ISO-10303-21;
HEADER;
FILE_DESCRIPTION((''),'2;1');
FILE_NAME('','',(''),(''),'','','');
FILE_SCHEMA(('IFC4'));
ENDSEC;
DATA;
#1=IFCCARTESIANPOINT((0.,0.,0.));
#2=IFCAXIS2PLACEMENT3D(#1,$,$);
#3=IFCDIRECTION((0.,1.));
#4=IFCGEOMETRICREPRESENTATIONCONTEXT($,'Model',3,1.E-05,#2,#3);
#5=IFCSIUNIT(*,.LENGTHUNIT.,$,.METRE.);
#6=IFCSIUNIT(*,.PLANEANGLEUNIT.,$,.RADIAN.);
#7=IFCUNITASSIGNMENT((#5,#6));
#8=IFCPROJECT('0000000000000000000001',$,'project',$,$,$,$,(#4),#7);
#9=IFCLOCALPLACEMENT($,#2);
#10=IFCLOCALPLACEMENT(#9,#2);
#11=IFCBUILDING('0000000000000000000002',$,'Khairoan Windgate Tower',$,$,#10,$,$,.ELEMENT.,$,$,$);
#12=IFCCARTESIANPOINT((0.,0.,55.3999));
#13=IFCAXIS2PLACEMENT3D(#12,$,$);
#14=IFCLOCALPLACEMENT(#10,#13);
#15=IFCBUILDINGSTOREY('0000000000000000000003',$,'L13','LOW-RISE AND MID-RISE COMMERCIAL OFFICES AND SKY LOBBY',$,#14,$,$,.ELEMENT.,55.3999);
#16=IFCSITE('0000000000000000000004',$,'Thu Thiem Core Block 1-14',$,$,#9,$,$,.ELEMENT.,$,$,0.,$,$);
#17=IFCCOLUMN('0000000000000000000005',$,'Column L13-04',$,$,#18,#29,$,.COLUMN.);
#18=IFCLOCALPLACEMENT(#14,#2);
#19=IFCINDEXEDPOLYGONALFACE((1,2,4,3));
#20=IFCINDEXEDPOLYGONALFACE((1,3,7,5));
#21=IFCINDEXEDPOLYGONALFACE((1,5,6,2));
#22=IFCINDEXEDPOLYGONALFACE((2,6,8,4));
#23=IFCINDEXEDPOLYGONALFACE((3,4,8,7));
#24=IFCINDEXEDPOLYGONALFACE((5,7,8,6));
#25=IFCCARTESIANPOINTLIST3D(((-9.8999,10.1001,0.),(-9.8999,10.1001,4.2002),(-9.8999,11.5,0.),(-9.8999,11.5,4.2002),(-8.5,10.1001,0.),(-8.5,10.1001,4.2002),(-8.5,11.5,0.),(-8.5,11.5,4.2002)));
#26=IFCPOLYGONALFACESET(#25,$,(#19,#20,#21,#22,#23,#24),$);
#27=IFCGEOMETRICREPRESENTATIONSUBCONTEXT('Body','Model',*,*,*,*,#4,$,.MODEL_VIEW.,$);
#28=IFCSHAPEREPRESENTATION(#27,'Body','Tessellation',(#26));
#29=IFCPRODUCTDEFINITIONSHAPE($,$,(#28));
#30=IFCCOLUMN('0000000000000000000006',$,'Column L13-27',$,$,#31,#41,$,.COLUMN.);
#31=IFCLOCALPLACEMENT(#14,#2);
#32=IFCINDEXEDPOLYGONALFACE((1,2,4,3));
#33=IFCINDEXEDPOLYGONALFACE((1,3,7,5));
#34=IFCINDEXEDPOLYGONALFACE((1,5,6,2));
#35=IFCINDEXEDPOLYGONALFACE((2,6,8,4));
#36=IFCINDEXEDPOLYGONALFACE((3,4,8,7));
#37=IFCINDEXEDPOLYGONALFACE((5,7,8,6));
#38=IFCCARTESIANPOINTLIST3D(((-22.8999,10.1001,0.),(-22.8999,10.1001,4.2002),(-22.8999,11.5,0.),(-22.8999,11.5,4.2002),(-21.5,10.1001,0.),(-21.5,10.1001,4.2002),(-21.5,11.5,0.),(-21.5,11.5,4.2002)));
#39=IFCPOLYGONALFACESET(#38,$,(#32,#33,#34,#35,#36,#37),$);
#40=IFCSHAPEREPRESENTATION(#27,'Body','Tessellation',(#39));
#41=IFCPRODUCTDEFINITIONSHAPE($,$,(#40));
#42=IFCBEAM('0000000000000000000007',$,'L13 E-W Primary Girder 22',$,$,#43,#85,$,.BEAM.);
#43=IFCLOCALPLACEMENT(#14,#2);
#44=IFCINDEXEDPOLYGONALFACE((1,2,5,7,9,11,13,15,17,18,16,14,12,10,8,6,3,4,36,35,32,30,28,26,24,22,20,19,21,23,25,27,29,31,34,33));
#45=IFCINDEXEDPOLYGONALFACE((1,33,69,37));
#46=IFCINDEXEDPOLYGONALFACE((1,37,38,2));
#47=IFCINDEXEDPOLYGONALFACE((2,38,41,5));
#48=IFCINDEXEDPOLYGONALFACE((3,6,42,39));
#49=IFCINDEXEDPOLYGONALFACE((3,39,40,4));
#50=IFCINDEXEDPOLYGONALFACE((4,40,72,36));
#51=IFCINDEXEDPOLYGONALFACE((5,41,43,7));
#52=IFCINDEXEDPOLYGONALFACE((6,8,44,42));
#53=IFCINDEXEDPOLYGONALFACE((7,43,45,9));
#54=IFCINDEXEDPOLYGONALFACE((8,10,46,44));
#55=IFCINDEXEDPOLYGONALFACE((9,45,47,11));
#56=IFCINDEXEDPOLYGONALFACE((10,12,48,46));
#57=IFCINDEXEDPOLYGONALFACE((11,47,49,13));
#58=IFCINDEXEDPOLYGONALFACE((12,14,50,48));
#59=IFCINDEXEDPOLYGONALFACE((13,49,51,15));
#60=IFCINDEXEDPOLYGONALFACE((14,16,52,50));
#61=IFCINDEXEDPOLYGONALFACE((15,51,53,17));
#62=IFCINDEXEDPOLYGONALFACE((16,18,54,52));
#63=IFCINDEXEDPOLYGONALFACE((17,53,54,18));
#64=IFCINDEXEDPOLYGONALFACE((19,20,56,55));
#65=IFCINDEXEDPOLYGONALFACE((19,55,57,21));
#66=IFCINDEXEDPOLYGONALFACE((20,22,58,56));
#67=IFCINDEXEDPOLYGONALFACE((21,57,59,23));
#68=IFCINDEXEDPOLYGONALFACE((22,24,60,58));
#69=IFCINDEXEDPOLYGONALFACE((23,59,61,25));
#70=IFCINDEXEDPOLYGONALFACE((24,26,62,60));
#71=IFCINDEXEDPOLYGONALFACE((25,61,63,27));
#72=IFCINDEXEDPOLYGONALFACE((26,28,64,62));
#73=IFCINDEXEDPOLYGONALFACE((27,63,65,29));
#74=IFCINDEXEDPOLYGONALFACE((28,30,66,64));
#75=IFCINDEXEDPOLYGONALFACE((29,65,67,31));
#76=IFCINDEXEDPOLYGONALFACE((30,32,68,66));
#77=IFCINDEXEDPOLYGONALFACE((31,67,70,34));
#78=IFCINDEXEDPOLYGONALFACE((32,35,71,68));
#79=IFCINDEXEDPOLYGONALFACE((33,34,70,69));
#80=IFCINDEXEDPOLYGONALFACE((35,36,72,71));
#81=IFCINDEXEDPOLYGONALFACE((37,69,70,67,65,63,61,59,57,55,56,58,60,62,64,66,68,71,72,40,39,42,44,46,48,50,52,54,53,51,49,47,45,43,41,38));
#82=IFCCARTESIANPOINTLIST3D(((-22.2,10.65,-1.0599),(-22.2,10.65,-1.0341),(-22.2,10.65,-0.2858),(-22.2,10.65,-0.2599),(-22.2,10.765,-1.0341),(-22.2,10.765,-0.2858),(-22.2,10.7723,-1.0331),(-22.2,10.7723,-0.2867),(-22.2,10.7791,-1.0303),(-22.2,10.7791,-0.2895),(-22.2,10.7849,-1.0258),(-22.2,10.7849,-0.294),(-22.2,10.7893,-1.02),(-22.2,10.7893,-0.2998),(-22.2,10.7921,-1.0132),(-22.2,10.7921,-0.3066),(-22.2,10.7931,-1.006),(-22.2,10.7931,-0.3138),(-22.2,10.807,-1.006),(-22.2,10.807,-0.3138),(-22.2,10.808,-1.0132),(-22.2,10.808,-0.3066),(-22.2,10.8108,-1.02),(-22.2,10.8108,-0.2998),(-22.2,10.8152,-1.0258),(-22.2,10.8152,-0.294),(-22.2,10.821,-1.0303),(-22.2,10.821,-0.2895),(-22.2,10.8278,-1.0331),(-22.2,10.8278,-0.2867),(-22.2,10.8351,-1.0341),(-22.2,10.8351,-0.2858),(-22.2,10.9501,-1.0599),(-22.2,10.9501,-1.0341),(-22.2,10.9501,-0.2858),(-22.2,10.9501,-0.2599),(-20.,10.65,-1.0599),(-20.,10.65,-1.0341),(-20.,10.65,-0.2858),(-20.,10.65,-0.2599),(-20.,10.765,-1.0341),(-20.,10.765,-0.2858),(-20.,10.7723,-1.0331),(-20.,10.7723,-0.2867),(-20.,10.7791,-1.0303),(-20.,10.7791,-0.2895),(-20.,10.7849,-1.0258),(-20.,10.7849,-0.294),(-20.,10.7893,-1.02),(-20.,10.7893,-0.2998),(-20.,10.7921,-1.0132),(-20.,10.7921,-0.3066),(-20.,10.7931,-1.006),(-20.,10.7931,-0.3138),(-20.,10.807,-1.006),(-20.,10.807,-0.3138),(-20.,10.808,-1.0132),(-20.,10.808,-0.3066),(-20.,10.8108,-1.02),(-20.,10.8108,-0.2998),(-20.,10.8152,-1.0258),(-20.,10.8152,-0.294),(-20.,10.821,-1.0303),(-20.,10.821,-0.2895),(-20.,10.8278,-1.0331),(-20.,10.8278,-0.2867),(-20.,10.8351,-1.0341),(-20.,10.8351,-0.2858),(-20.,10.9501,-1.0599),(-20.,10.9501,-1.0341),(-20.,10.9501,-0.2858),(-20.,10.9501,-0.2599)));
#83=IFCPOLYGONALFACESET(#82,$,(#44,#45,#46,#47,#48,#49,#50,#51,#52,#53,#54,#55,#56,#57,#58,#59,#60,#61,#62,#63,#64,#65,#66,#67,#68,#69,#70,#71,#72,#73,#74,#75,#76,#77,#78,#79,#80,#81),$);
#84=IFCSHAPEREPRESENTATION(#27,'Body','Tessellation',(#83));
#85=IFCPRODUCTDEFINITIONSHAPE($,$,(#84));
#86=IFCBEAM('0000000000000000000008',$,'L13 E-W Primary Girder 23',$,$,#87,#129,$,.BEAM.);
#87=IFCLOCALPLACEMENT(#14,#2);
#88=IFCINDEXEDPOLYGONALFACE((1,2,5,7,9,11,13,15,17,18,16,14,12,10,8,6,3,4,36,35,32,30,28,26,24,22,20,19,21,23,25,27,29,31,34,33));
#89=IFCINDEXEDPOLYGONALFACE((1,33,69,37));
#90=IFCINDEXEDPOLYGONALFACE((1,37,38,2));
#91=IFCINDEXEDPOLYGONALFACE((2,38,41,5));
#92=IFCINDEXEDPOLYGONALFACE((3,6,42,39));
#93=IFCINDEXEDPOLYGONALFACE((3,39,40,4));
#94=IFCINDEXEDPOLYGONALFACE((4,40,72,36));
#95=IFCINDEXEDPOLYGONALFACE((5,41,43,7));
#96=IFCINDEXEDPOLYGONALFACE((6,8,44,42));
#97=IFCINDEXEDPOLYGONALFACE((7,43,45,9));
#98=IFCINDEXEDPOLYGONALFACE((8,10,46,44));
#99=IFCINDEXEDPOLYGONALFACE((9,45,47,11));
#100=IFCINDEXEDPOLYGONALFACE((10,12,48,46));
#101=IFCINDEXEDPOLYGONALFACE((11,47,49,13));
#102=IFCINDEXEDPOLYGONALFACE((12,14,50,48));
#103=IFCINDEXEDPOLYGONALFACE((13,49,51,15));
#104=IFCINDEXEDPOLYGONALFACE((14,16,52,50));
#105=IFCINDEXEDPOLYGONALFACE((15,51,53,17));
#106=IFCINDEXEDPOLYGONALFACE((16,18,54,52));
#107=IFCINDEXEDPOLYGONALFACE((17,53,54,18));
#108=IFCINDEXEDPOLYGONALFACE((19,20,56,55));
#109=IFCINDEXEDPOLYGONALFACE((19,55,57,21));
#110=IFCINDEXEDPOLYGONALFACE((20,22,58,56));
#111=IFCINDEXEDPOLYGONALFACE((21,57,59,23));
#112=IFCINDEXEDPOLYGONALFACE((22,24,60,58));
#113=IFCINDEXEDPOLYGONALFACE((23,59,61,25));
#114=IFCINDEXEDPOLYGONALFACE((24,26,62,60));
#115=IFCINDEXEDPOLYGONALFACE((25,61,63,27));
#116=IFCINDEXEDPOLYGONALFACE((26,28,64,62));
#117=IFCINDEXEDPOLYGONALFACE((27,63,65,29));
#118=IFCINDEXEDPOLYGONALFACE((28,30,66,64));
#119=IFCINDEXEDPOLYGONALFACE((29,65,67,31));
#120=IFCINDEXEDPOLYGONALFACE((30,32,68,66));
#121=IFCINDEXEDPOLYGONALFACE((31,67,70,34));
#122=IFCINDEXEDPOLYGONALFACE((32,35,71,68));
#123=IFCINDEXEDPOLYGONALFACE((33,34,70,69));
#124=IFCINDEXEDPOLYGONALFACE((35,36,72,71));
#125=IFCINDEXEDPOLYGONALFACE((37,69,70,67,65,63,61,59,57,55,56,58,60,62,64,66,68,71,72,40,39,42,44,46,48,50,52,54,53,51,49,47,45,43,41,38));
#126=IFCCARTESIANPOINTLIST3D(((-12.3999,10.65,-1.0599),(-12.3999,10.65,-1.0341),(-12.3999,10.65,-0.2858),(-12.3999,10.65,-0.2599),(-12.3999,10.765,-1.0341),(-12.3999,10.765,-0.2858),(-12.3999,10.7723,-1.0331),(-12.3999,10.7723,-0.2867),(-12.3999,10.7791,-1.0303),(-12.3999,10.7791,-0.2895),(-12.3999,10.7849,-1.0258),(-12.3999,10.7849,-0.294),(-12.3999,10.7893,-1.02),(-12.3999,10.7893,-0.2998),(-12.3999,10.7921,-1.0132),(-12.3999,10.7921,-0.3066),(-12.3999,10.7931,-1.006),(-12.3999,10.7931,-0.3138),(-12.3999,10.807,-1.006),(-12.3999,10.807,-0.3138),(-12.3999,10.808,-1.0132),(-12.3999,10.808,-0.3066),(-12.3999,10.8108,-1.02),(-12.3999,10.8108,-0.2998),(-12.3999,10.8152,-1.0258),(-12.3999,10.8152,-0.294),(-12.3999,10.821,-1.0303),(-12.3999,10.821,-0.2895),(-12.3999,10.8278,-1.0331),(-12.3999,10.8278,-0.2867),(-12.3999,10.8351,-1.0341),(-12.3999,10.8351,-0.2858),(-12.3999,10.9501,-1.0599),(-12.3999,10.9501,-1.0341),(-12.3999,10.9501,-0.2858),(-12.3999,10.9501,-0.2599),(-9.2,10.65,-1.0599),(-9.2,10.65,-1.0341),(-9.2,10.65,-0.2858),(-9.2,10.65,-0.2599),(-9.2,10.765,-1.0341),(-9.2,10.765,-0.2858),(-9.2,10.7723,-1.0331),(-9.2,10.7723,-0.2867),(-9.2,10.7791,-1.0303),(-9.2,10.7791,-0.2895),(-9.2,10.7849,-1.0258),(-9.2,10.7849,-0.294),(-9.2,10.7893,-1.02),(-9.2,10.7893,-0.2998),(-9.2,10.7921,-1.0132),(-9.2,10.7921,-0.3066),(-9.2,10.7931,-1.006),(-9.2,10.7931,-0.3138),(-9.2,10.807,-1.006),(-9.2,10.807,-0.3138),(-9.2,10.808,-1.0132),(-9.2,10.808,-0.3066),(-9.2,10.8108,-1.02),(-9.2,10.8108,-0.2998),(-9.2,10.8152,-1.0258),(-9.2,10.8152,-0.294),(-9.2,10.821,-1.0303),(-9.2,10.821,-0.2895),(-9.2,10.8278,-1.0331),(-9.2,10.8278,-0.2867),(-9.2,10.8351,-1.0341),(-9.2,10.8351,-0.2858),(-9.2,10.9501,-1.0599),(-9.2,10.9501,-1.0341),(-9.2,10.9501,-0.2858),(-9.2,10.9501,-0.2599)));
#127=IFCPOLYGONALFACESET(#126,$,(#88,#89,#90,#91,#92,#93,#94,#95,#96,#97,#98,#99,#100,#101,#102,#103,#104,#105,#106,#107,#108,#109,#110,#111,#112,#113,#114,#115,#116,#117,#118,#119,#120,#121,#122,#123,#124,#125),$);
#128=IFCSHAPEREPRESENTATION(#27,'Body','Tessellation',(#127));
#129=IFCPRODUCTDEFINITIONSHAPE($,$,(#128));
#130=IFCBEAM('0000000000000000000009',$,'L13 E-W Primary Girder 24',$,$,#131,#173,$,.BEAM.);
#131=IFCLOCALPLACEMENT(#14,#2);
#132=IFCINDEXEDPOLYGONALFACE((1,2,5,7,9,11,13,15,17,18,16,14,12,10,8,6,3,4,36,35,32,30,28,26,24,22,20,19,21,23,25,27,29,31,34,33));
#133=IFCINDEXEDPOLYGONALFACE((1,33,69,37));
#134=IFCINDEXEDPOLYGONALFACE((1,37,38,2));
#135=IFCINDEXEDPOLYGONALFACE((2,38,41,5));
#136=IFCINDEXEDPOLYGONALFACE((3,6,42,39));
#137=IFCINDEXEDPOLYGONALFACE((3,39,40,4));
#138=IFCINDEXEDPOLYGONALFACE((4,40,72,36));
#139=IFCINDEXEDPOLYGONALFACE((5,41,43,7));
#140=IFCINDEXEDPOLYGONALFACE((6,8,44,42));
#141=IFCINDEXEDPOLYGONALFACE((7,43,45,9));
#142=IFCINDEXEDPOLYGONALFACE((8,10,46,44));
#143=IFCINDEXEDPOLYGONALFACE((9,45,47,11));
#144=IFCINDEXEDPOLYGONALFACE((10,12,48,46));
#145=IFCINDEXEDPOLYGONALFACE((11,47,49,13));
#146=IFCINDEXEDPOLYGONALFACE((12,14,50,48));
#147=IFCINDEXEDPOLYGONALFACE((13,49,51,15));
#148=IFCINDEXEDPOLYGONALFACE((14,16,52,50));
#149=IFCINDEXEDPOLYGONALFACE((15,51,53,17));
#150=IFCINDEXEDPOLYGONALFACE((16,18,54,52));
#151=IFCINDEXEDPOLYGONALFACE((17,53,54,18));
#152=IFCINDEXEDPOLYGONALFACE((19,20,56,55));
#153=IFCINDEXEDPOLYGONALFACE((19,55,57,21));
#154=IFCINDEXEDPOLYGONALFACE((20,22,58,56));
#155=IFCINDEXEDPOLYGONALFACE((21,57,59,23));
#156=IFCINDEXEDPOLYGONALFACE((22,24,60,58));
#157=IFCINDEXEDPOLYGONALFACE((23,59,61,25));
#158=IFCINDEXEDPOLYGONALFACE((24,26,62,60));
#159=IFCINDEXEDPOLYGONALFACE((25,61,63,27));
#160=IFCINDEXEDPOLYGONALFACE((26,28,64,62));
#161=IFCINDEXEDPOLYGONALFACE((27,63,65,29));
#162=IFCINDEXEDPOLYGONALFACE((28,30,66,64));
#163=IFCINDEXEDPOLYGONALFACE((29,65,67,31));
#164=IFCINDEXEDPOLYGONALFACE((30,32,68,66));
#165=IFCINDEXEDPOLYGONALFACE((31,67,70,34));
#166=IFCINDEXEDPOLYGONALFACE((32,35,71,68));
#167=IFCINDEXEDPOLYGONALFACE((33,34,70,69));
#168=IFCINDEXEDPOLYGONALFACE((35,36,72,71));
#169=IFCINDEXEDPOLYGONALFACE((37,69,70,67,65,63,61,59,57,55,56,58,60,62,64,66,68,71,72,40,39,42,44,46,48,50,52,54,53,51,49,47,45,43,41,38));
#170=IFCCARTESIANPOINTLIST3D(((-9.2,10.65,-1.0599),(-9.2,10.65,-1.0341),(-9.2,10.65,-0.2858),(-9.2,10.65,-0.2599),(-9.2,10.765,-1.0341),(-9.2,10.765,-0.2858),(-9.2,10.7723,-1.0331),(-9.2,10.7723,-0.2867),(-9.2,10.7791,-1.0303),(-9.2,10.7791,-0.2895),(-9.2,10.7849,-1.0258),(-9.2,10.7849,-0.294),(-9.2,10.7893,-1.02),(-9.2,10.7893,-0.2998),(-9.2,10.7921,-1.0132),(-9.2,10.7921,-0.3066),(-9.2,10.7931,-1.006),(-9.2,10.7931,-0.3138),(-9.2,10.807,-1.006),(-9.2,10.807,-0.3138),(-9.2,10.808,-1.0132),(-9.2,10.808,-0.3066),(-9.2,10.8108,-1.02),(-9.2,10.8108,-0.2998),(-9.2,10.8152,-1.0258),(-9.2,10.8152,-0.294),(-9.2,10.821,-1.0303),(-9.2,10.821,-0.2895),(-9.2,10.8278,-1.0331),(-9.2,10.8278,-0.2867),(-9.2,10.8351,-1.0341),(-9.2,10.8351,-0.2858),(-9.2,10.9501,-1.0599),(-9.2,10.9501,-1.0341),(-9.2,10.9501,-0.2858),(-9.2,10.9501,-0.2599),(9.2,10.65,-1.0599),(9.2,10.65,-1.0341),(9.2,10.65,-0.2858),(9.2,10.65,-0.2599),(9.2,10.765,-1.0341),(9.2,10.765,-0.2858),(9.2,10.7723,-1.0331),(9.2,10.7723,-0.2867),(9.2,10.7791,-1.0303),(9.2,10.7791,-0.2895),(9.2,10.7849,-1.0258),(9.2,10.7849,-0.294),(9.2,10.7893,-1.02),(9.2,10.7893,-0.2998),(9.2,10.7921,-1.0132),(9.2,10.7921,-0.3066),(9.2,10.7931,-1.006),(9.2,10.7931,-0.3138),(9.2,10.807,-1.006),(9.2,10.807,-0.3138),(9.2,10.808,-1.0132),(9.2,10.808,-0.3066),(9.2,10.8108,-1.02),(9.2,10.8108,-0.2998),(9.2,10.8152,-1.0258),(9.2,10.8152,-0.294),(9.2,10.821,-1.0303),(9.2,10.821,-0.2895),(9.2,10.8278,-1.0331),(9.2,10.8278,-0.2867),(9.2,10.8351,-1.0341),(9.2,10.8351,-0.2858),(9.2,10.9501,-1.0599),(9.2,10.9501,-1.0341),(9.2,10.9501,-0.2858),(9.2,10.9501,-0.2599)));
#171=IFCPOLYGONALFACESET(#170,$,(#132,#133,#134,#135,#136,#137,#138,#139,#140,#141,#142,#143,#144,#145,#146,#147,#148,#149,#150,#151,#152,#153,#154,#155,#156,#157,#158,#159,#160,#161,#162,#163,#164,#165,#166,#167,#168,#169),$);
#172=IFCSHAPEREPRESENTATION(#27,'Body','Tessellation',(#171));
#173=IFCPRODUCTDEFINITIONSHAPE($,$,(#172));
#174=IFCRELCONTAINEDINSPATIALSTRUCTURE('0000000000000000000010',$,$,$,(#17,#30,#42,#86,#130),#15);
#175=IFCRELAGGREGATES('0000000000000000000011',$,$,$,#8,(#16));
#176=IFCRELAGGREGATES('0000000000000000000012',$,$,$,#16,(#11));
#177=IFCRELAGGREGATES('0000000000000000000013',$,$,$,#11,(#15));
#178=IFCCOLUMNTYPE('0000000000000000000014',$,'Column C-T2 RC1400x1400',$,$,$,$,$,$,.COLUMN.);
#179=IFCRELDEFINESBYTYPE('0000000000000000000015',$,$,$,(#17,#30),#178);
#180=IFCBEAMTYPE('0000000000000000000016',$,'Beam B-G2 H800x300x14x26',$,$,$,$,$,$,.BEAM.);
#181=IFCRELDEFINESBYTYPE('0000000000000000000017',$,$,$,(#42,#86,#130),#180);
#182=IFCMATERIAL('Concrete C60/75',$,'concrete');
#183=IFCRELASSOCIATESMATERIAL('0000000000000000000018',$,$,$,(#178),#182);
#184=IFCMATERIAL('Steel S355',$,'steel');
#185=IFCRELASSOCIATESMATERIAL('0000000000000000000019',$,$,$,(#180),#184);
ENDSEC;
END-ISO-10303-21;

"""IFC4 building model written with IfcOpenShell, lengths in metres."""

from ifc_helpers import new_model, si_unit, direction, frame, origin, origin_2d, place, context, subcontext, project, spatial, rectangle, i_section, extrude, material, material_profile, profile_set, type_object, element, save


model = new_model("IFC4")

# Units and contexts
model_context = context("Model", 3, precision=1e-05, world=origin(), true_north=direction((0.0, 1.0)))
body_context = subcontext(model_context, "Body", "Model", "MODEL_VIEW")
ifc_project = project(units=[si_unit("LENGTHUNIT", "METRE"), si_unit("PLANEANGLEUNIT", "RADIAN")], contexts=[model_context])

# Site, building, storey
site_placement = place(None, origin())
site = spatial("IfcSite", under=ifc_project, at=site_placement, Name="Thu Thiem Core Block 1-14", CompositionType="ELEMENT", RefElevation=0.0)
building_placement = place(site_placement, origin())
building = spatial("IfcBuilding", under=site, at=building_placement, Name="Khairoan Windgate Tower", CompositionType="ELEMENT")
storey_placement = place(building_placement, frame((0.0, 0.0, 55.3999)))
storey = spatial("IfcBuildingStorey", under=building, at=storey_placement, Name="L13", Description="LOW-RISE AND MID-RISE COMMERCIAL OFFICES AND SKY LOBBY", CompositionType="ELEMENT", Elevation=55.3999)

# Columns
ifc_material_1 = material(Name="Concrete C60/75", Category="concrete")
ifc_material_profile_1 = material_profile(ifc_material_1, rectangle(XDim=1.3999, YDim=1.3999, at=origin_2d()))
ifc_profile_set_1 = profile_set([ifc_material_profile_1], Name="Concrete C60/75")
column_type = type_object("IfcColumnType", Name="Column C-T2 RC1400x1400", PredefinedType="COLUMN", material=ifc_profile_set_1)
for number, where, z_axis, x_axis, name in (
    (1, (-9.2, 10.8, 0.0), (0.0, 0.0, 1.0), (1.0, 0.0, 0.0), "Column L13-04"),
    (2, (-22.2, 10.8, 0.0), (0.0, 0.0, 1.0), (1.0, 0.0, 0.0), "Column L13-27"),
):
    element("IfcColumn", number, at=place(storey_placement, frame(where, z_axis=z_axis, x_axis=x_axis)), inside=storey, type_object=column_type, Name=name, PredefinedType="COLUMN", context=body_context, shape_type="SweptSolid", body=[
        extrude(rectangle(XDim=1.3999, YDim=1.3999, at=origin_2d()), origin(), (0.0, 0.0, 1.0), 4.2002),
    ])

# Beams
ifc_material_2 = material(Name="Steel S355", Category="steel")
ifc_material_profile_2 = material_profile(ifc_material_2, i_section(OverallWidth=0.3, OverallDepth=0.8, WebThickness=0.0139, FlangeThickness=0.0259, FilletRadius=0.0281, at=origin_2d()))
ifc_profile_set_2 = profile_set([ifc_material_profile_2], Name="Steel S355")
beam_type_1 = type_object("IfcBeamType", Name="Beam B-G2 H800x300x14x26", PredefinedType="BEAM", material=ifc_profile_set_2)
beam_1_placement = place(storey_placement, frame((-22.2, 10.8, -0.6599), z_axis=(1.0, 0.0, 0.0), x_axis=(0.0, 1.0, 0.0)))
element("IfcBeam", 3, at=beam_1_placement, inside=storey, type_object=beam_type_1, Name="L13 E-W Primary Girder 22", PredefinedType="BEAM", context=body_context, shape_type="SweptSolid", body=[
    extrude(i_section(OverallWidth=0.3, OverallDepth=0.8, WebThickness=0.0139, FlangeThickness=0.0259, FilletRadius=0.0281, at=origin_2d()), origin(), (0.0, 0.0, 1.0), 2.2),
])
beam_2_placement = place(storey_placement, frame((-12.3999, 10.8, -0.6599), z_axis=(1.0, 0.0, 0.0), x_axis=(0.0, 1.0, 0.0)))
element("IfcBeam", 4, at=beam_2_placement, inside=storey, type_object=beam_type_1, Name="L13 E-W Primary Girder 23", PredefinedType="BEAM", context=body_context, shape_type="SweptSolid", body=[
    extrude(i_section(OverallWidth=0.3, OverallDepth=0.8, WebThickness=0.0139, FlangeThickness=0.0259, FilletRadius=0.0281, at=origin_2d()), origin(), (0.0, 0.0, 1.0), 3.2),
])
beam_3_placement = place(storey_placement, frame((-9.2, 10.8, -0.6599), z_axis=(1.0, 0.0, 0.0), x_axis=(0.0, 1.0, 0.0)))
element("IfcBeam", 5, at=beam_3_placement, inside=storey, type_object=beam_type_1, Name="L13 E-W Primary Girder 24", PredefinedType="BEAM", context=body_context, shape_type="SweptSolid", body=[
    extrude(i_section(OverallWidth=0.3, OverallDepth=0.8, WebThickness=0.0139, FlangeThickness=0.0259, FilletRadius=0.0281, at=origin_2d()), origin(), (0.0, 0.0, 1.0), 18.3999),
])

save(model, "model.ifc")
